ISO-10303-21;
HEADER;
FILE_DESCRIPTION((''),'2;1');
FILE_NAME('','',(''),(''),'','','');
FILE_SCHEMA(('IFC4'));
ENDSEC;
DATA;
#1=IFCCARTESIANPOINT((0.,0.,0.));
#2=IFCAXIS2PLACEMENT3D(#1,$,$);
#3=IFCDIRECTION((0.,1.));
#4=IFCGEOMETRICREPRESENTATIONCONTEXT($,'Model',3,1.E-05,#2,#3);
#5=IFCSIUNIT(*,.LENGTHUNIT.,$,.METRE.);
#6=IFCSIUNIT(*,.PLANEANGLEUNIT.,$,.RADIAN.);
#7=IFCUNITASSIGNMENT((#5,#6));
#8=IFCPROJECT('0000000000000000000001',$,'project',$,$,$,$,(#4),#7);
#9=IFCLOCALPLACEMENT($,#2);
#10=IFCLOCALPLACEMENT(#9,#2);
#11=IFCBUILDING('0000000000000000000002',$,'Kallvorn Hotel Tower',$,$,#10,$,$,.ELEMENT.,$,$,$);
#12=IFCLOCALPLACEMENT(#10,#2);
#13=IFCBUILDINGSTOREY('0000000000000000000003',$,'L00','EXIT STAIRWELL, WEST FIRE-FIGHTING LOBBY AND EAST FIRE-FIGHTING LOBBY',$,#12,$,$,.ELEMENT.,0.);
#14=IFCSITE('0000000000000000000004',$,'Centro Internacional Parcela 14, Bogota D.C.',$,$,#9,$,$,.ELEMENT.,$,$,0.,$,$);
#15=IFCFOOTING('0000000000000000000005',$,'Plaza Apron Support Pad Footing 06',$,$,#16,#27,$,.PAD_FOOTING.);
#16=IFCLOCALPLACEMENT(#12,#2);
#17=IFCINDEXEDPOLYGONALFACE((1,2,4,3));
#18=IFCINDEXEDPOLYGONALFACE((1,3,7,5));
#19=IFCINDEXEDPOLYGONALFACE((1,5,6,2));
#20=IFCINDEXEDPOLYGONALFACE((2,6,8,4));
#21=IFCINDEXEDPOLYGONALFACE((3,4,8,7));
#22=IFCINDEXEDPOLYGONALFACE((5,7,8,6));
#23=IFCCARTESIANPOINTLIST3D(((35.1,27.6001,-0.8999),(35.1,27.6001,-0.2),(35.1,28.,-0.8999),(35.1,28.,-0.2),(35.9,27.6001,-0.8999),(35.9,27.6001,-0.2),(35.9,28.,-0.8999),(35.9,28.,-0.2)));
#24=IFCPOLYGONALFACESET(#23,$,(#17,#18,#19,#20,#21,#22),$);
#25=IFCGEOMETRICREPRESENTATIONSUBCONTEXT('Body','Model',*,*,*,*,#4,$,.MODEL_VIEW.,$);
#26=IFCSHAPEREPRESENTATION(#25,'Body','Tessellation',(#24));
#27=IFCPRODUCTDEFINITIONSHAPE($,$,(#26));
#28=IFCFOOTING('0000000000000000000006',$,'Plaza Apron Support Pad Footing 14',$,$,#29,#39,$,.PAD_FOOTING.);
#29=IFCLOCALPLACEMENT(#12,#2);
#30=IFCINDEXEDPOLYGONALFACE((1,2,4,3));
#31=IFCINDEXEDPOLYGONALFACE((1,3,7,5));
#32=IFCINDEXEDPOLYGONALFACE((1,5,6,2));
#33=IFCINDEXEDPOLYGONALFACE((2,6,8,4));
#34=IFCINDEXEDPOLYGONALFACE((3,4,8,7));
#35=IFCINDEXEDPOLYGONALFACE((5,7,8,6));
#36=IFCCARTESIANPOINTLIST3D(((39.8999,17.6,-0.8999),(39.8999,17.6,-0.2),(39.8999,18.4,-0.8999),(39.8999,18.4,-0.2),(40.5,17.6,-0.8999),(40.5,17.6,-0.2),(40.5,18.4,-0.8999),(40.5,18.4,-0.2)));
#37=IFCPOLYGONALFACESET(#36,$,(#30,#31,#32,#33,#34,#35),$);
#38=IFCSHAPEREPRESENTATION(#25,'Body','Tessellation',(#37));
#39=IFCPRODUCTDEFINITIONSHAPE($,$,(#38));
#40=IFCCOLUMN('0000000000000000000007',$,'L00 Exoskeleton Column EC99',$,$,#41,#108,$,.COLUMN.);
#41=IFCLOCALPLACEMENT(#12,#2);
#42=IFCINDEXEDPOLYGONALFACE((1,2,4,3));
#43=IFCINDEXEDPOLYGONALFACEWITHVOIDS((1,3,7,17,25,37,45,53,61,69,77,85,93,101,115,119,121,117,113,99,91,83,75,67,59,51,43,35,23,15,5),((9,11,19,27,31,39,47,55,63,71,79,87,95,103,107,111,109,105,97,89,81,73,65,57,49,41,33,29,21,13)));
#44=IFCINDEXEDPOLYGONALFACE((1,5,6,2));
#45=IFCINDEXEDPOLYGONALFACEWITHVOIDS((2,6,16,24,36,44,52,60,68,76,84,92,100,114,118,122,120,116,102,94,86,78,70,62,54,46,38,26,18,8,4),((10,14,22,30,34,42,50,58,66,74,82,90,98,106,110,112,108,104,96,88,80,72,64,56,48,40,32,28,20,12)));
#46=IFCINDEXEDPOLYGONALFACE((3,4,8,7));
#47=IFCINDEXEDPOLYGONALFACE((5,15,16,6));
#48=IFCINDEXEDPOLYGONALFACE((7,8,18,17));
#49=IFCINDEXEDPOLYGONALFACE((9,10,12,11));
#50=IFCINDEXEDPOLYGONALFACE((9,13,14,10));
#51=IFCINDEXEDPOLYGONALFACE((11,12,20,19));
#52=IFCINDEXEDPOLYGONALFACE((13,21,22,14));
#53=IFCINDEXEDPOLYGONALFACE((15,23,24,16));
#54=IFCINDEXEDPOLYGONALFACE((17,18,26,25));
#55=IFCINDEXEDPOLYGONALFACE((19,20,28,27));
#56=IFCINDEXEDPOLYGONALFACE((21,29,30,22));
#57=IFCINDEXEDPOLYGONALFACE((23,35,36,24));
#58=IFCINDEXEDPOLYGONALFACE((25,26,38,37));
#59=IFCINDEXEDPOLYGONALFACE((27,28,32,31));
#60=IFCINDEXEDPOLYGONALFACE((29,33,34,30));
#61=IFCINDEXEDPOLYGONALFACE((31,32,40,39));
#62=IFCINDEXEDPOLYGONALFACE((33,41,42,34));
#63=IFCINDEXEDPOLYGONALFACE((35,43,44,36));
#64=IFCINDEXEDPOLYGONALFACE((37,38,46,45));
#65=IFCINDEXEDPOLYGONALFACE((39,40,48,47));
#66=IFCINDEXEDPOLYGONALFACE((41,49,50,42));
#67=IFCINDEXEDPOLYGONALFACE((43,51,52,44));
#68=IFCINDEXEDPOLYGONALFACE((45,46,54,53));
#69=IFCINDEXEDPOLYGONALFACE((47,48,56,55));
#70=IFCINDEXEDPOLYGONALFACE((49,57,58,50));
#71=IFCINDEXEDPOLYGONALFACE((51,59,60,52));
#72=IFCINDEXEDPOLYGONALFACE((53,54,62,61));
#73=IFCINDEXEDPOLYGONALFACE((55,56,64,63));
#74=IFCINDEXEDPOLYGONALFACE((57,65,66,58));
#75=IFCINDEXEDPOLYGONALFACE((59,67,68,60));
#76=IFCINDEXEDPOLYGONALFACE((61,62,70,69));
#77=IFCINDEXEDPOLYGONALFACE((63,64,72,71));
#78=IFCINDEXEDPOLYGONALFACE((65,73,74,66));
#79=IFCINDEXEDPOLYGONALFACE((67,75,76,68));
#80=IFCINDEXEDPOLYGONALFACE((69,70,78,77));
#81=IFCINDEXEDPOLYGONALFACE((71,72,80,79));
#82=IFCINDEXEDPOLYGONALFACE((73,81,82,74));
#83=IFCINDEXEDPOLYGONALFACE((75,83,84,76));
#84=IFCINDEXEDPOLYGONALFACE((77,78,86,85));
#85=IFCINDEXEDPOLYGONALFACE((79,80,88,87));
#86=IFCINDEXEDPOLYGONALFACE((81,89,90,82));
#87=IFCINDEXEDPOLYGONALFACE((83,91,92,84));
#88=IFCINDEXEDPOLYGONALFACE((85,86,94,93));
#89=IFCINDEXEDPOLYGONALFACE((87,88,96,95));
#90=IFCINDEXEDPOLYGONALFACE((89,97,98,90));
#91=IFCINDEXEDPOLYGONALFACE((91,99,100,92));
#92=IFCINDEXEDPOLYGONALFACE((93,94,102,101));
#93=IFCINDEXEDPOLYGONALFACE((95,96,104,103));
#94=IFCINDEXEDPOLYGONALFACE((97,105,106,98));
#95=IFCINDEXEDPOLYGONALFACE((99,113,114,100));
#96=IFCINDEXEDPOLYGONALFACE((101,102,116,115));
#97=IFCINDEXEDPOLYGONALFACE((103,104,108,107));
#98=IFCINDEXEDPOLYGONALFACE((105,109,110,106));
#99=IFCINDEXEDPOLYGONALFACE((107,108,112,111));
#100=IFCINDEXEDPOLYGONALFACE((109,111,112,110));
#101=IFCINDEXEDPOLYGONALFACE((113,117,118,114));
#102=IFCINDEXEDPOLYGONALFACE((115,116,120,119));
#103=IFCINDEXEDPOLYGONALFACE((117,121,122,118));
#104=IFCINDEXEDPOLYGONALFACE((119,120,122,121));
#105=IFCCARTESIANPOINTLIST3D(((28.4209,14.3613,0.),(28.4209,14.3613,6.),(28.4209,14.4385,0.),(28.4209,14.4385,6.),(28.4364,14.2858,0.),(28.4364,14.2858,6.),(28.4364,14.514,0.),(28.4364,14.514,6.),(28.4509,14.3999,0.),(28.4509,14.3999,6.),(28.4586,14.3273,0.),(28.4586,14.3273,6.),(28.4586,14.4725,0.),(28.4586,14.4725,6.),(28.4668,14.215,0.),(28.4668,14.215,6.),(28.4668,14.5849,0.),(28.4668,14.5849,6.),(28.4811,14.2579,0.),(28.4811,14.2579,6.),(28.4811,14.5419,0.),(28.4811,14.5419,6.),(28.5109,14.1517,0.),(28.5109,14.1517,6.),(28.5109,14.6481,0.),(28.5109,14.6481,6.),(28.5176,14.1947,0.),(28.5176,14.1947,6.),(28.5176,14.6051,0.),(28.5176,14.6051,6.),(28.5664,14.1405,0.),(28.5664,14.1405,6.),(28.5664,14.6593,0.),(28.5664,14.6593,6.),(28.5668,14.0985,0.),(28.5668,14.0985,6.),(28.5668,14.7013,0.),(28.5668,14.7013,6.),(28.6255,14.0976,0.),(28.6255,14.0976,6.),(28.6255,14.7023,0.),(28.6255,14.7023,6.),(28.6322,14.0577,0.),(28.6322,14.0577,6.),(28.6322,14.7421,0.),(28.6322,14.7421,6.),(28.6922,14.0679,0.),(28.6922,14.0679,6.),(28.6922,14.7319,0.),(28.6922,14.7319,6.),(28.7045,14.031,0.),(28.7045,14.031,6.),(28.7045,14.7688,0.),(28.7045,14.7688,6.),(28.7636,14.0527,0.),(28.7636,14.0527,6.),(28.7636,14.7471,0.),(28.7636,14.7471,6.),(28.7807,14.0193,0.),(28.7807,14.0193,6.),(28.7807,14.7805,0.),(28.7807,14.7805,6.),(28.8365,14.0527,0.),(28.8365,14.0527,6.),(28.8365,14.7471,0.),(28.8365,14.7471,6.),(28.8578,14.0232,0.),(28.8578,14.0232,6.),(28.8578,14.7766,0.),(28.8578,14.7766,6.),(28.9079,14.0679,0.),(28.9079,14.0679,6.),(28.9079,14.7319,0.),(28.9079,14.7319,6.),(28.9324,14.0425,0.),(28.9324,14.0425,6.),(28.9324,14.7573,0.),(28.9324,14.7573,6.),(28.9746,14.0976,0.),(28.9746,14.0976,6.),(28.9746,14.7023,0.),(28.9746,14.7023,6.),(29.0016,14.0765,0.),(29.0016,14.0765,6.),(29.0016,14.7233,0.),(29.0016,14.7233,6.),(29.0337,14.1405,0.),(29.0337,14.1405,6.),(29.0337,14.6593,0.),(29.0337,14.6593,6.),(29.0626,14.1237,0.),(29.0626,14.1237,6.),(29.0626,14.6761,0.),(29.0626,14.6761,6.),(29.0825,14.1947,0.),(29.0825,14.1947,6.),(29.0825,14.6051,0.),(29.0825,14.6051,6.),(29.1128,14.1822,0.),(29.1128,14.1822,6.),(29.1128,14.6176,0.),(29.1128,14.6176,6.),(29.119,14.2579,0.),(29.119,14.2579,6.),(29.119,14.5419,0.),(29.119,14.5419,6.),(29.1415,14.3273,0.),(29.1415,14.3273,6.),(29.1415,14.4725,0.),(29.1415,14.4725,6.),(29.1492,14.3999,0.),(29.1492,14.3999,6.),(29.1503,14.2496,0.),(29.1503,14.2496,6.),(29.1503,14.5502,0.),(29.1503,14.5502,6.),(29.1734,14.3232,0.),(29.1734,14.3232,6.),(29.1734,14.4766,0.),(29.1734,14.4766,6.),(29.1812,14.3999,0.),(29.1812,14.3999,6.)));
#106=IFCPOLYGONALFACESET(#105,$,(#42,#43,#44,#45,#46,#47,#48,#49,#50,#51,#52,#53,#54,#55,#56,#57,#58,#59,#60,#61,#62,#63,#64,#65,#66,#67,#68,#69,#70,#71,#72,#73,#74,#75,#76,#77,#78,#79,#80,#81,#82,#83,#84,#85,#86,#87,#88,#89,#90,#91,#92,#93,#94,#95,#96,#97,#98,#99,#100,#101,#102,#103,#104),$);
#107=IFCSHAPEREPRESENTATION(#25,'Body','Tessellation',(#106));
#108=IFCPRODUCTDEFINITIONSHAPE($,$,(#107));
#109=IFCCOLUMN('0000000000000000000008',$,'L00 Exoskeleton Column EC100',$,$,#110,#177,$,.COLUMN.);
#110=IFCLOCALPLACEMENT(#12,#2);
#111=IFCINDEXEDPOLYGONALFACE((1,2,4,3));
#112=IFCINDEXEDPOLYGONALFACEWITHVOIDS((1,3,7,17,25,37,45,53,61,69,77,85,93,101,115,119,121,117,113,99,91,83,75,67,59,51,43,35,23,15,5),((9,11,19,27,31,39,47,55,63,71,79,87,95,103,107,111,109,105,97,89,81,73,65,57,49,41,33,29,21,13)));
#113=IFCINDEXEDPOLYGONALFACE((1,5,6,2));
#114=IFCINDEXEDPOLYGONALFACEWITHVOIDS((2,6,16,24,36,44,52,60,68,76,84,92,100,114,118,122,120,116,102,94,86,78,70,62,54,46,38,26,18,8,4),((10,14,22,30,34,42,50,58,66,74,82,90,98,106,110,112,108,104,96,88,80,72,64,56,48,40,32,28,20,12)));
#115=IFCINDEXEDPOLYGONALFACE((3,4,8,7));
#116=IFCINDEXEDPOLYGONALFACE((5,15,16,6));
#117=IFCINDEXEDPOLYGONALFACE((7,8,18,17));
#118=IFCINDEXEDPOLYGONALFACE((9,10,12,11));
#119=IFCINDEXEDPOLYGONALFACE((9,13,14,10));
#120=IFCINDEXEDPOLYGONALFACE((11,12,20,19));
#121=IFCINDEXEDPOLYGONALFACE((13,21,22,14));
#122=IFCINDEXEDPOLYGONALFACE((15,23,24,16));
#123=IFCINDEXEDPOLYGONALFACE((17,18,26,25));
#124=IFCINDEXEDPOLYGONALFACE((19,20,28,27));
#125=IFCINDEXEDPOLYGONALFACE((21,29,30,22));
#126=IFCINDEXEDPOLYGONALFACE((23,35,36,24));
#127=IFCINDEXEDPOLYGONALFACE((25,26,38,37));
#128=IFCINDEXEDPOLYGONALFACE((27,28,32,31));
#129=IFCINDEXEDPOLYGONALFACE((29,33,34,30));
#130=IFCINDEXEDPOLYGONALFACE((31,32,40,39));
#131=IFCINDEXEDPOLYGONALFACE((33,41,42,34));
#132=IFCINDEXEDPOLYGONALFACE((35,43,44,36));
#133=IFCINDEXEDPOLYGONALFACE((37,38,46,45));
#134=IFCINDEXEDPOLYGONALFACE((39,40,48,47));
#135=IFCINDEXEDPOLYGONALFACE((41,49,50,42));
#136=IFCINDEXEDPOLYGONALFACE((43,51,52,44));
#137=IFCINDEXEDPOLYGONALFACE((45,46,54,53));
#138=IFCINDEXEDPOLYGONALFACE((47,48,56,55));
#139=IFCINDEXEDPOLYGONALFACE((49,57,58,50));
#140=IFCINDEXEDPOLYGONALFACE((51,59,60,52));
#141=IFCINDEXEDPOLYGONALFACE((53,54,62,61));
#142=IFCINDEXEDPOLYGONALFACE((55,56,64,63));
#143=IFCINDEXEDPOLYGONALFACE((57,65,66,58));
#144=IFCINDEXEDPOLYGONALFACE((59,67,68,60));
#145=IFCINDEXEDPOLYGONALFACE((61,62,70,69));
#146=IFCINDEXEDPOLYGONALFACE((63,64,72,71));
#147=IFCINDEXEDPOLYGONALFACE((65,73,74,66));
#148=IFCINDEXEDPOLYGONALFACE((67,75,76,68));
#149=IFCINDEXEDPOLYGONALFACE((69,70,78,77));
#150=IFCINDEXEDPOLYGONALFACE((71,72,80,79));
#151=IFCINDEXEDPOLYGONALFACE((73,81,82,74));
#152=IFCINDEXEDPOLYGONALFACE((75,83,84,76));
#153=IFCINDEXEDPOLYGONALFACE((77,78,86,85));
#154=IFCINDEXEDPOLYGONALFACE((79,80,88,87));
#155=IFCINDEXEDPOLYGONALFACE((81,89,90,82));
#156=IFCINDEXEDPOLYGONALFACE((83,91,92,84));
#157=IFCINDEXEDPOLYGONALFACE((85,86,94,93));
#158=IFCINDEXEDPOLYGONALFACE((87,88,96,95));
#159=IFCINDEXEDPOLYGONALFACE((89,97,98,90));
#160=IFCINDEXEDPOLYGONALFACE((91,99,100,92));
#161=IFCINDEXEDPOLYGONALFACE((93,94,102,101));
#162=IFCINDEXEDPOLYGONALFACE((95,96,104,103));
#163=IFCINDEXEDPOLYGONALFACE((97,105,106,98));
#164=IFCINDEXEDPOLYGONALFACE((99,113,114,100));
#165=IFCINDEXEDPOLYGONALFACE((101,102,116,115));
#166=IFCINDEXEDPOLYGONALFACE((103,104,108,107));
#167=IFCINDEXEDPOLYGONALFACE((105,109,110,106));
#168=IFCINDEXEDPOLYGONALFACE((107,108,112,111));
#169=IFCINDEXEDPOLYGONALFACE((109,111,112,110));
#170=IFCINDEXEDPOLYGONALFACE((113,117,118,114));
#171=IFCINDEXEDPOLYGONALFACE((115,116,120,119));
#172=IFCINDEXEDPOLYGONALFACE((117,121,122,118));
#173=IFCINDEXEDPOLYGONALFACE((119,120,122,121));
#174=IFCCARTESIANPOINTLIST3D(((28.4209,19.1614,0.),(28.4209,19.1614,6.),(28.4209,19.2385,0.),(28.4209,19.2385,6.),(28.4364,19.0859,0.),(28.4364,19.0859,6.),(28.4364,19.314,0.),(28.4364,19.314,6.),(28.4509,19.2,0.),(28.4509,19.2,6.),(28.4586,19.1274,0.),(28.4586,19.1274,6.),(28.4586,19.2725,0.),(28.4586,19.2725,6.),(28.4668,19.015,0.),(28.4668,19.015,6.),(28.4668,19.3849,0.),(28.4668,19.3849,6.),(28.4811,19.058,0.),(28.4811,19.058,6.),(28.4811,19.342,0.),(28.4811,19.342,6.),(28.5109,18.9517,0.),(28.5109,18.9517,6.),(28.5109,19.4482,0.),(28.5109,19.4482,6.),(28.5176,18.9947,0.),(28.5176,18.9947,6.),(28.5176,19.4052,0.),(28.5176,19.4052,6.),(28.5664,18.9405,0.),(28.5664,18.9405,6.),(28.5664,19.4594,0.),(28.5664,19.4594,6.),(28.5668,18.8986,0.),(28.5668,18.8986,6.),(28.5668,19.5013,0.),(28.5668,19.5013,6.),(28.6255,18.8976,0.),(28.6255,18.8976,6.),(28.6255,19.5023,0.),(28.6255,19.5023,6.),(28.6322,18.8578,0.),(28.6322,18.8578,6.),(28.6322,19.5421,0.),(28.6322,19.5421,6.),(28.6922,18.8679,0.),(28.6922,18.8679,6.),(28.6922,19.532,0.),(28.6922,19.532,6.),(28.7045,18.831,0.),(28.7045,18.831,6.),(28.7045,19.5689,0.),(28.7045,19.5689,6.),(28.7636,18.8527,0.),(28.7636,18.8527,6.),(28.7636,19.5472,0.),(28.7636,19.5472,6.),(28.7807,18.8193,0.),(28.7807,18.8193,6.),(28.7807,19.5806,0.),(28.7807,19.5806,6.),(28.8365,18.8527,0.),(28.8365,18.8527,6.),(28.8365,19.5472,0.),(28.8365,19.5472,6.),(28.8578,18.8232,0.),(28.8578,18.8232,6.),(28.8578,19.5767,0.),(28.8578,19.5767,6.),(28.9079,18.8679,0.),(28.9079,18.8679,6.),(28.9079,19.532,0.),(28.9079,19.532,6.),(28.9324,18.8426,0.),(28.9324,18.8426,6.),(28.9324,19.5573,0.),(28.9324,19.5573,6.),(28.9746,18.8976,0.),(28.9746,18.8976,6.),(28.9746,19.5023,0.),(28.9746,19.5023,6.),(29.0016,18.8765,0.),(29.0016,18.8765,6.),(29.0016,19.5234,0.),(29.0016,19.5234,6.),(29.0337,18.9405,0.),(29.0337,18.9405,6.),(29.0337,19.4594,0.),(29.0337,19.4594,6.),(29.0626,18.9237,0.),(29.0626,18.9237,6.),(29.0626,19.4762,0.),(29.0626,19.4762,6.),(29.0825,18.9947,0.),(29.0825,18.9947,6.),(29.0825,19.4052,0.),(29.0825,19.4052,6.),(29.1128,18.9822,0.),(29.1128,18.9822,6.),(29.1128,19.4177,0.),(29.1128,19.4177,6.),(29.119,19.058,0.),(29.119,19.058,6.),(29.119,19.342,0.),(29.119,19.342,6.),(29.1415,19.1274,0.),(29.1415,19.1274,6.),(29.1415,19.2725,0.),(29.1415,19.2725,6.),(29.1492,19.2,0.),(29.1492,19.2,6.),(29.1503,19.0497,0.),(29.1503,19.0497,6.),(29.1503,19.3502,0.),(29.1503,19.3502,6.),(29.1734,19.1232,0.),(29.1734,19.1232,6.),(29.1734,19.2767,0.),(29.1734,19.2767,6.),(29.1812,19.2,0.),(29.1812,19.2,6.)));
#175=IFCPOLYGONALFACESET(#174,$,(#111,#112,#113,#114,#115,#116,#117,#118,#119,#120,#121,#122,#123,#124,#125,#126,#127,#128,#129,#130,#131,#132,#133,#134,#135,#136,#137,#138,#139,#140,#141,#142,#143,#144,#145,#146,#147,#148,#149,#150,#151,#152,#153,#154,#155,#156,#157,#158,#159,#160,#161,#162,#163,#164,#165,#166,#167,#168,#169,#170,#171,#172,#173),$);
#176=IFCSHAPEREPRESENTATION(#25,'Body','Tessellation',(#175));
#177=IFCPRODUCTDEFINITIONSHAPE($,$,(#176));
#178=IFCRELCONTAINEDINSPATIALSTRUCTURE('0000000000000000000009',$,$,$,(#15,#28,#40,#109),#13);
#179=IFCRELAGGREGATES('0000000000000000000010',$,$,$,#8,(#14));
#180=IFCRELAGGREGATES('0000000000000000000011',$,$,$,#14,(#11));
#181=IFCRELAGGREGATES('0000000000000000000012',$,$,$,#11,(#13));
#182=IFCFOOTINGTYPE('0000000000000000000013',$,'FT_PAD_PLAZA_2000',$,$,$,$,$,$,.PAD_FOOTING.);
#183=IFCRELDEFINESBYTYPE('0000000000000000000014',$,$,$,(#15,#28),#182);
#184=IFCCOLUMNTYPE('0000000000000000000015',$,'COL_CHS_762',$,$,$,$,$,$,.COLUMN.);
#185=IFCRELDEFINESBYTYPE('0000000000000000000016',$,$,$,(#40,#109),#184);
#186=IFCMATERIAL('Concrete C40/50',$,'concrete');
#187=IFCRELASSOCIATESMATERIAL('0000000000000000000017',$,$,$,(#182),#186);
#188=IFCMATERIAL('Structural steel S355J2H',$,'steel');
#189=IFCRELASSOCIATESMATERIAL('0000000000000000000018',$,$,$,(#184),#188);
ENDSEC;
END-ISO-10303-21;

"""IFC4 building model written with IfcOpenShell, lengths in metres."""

from ifc_helpers import new_model, si_unit, direction, frame, origin, origin_2d, place, context, subcontext, project, spatial, rectangle, hollow_circle, extrude, material, material_profile, profile_set, type_object, element, save


model = new_model("IFC4")

# Units and contexts
model_context = context("Model", 3, precision=1e-05, world=origin(), true_north=direction((0.0, 1.0)))
body_context = subcontext(model_context, "Body", "Model", "MODEL_VIEW")
ifc_project = project(units=[si_unit("LENGTHUNIT", "METRE"), si_unit("PLANEANGLEUNIT", "RADIAN")], contexts=[model_context])

# Site, building, storey
site_placement = place(None, origin())
site = spatial("IfcSite", under=ifc_project, at=site_placement, Name="Centro Internacional Parcela 14, Bogota D.C.", CompositionType="ELEMENT", RefElevation=0.0)
building_placement = place(site_placement, origin())
building = spatial("IfcBuilding", under=site, at=building_placement, Name="Kallvorn Hotel Tower", CompositionType="ELEMENT")
storey_placement = place(building_placement, origin())
storey = spatial("IfcBuildingStorey", under=building, at=storey_placement, Name="L00", Description="EXIT STAIRWELL, WEST FIRE-FIGHTING LOBBY AND EAST FIRE-FIGHTING LOBBY", CompositionType="ELEMENT", Elevation=0.0)

# Footings
ifc_material_1 = material(Name="Concrete C40/50", Category="concrete")
footing_type = type_object("IfcFootingType", Name="FT_PAD_PLAZA_2000", PredefinedType="PAD_FOOTING", material=ifc_material_1)
footing_1_placement = place(storey_placement, frame((35.5, 27.8, -0.8999), z_axis=(0.0, 0.0, 1.0), x_axis=(1.0, 0.0, 0.0)))
element("IfcFooting", 1, at=footing_1_placement, inside=storey, type_object=footing_type, Name="Plaza Apron Support Pad Footing 06", PredefinedType="PAD_FOOTING", context=body_context, shape_type="SweptSolid", body=[
    extrude(rectangle(XDim=0.8, YDim=0.3999, at=origin_2d()), origin(), (0.0, 0.0, 1.0), 0.7),
])
footing_2_placement = place(storey_placement, frame((40.2, 18.0, -0.8999), z_axis=(0.0, 0.0, 1.0), x_axis=(1.0, 0.0, 0.0)))
element("IfcFooting", 2, at=footing_2_placement, inside=storey, type_object=footing_type, Name="Plaza Apron Support Pad Footing 14", PredefinedType="PAD_FOOTING", context=body_context, shape_type="SweptSolid", body=[
    extrude(rectangle(XDim=0.6001, YDim=0.8, at=origin_2d()), origin(), (0.0, 0.0, 1.0), 0.7),
])

# Columns
ifc_material_2 = material(Name="Structural steel S355J2H", Category="steel")
ifc_material_profile_1 = material_profile(ifc_material_2, hollow_circle(Radius=0.3811, WallThickness=0.032, at=origin_2d()), Name="CHS 762x32")
ifc_profile_set_1 = profile_set([ifc_material_profile_1], Name="Structural steel S355J2H")
column_type = type_object("IfcColumnType", Name="COL_CHS_762", PredefinedType="COLUMN", material=ifc_profile_set_1)
for number, where, z_axis, x_axis, name in (
    (3, (28.8, 14.3999, 0.0), (0.0, 0.0, 1.0), (1.0, 0.0, 0.0), "L00 Exoskeleton Column EC99"),
    (4, (28.8, 19.2, 0.0), (0.0, 0.0, 1.0), (1.0, 0.0, 0.0), "L00 Exoskeleton Column EC100"),
):
    element("IfcColumn", number, at=place(storey_placement, frame(where, z_axis=z_axis, x_axis=x_axis)), inside=storey, type_object=column_type, Name=name, PredefinedType="COLUMN", context=body_context, shape_type="SweptSolid", body=[
        extrude(hollow_circle(Radius=0.3811, WallThickness=0.032, at=origin_2d()), origin(), (0.0, 0.0, 1.0), 6.0),
    ])

save(model, "model.ifc")
